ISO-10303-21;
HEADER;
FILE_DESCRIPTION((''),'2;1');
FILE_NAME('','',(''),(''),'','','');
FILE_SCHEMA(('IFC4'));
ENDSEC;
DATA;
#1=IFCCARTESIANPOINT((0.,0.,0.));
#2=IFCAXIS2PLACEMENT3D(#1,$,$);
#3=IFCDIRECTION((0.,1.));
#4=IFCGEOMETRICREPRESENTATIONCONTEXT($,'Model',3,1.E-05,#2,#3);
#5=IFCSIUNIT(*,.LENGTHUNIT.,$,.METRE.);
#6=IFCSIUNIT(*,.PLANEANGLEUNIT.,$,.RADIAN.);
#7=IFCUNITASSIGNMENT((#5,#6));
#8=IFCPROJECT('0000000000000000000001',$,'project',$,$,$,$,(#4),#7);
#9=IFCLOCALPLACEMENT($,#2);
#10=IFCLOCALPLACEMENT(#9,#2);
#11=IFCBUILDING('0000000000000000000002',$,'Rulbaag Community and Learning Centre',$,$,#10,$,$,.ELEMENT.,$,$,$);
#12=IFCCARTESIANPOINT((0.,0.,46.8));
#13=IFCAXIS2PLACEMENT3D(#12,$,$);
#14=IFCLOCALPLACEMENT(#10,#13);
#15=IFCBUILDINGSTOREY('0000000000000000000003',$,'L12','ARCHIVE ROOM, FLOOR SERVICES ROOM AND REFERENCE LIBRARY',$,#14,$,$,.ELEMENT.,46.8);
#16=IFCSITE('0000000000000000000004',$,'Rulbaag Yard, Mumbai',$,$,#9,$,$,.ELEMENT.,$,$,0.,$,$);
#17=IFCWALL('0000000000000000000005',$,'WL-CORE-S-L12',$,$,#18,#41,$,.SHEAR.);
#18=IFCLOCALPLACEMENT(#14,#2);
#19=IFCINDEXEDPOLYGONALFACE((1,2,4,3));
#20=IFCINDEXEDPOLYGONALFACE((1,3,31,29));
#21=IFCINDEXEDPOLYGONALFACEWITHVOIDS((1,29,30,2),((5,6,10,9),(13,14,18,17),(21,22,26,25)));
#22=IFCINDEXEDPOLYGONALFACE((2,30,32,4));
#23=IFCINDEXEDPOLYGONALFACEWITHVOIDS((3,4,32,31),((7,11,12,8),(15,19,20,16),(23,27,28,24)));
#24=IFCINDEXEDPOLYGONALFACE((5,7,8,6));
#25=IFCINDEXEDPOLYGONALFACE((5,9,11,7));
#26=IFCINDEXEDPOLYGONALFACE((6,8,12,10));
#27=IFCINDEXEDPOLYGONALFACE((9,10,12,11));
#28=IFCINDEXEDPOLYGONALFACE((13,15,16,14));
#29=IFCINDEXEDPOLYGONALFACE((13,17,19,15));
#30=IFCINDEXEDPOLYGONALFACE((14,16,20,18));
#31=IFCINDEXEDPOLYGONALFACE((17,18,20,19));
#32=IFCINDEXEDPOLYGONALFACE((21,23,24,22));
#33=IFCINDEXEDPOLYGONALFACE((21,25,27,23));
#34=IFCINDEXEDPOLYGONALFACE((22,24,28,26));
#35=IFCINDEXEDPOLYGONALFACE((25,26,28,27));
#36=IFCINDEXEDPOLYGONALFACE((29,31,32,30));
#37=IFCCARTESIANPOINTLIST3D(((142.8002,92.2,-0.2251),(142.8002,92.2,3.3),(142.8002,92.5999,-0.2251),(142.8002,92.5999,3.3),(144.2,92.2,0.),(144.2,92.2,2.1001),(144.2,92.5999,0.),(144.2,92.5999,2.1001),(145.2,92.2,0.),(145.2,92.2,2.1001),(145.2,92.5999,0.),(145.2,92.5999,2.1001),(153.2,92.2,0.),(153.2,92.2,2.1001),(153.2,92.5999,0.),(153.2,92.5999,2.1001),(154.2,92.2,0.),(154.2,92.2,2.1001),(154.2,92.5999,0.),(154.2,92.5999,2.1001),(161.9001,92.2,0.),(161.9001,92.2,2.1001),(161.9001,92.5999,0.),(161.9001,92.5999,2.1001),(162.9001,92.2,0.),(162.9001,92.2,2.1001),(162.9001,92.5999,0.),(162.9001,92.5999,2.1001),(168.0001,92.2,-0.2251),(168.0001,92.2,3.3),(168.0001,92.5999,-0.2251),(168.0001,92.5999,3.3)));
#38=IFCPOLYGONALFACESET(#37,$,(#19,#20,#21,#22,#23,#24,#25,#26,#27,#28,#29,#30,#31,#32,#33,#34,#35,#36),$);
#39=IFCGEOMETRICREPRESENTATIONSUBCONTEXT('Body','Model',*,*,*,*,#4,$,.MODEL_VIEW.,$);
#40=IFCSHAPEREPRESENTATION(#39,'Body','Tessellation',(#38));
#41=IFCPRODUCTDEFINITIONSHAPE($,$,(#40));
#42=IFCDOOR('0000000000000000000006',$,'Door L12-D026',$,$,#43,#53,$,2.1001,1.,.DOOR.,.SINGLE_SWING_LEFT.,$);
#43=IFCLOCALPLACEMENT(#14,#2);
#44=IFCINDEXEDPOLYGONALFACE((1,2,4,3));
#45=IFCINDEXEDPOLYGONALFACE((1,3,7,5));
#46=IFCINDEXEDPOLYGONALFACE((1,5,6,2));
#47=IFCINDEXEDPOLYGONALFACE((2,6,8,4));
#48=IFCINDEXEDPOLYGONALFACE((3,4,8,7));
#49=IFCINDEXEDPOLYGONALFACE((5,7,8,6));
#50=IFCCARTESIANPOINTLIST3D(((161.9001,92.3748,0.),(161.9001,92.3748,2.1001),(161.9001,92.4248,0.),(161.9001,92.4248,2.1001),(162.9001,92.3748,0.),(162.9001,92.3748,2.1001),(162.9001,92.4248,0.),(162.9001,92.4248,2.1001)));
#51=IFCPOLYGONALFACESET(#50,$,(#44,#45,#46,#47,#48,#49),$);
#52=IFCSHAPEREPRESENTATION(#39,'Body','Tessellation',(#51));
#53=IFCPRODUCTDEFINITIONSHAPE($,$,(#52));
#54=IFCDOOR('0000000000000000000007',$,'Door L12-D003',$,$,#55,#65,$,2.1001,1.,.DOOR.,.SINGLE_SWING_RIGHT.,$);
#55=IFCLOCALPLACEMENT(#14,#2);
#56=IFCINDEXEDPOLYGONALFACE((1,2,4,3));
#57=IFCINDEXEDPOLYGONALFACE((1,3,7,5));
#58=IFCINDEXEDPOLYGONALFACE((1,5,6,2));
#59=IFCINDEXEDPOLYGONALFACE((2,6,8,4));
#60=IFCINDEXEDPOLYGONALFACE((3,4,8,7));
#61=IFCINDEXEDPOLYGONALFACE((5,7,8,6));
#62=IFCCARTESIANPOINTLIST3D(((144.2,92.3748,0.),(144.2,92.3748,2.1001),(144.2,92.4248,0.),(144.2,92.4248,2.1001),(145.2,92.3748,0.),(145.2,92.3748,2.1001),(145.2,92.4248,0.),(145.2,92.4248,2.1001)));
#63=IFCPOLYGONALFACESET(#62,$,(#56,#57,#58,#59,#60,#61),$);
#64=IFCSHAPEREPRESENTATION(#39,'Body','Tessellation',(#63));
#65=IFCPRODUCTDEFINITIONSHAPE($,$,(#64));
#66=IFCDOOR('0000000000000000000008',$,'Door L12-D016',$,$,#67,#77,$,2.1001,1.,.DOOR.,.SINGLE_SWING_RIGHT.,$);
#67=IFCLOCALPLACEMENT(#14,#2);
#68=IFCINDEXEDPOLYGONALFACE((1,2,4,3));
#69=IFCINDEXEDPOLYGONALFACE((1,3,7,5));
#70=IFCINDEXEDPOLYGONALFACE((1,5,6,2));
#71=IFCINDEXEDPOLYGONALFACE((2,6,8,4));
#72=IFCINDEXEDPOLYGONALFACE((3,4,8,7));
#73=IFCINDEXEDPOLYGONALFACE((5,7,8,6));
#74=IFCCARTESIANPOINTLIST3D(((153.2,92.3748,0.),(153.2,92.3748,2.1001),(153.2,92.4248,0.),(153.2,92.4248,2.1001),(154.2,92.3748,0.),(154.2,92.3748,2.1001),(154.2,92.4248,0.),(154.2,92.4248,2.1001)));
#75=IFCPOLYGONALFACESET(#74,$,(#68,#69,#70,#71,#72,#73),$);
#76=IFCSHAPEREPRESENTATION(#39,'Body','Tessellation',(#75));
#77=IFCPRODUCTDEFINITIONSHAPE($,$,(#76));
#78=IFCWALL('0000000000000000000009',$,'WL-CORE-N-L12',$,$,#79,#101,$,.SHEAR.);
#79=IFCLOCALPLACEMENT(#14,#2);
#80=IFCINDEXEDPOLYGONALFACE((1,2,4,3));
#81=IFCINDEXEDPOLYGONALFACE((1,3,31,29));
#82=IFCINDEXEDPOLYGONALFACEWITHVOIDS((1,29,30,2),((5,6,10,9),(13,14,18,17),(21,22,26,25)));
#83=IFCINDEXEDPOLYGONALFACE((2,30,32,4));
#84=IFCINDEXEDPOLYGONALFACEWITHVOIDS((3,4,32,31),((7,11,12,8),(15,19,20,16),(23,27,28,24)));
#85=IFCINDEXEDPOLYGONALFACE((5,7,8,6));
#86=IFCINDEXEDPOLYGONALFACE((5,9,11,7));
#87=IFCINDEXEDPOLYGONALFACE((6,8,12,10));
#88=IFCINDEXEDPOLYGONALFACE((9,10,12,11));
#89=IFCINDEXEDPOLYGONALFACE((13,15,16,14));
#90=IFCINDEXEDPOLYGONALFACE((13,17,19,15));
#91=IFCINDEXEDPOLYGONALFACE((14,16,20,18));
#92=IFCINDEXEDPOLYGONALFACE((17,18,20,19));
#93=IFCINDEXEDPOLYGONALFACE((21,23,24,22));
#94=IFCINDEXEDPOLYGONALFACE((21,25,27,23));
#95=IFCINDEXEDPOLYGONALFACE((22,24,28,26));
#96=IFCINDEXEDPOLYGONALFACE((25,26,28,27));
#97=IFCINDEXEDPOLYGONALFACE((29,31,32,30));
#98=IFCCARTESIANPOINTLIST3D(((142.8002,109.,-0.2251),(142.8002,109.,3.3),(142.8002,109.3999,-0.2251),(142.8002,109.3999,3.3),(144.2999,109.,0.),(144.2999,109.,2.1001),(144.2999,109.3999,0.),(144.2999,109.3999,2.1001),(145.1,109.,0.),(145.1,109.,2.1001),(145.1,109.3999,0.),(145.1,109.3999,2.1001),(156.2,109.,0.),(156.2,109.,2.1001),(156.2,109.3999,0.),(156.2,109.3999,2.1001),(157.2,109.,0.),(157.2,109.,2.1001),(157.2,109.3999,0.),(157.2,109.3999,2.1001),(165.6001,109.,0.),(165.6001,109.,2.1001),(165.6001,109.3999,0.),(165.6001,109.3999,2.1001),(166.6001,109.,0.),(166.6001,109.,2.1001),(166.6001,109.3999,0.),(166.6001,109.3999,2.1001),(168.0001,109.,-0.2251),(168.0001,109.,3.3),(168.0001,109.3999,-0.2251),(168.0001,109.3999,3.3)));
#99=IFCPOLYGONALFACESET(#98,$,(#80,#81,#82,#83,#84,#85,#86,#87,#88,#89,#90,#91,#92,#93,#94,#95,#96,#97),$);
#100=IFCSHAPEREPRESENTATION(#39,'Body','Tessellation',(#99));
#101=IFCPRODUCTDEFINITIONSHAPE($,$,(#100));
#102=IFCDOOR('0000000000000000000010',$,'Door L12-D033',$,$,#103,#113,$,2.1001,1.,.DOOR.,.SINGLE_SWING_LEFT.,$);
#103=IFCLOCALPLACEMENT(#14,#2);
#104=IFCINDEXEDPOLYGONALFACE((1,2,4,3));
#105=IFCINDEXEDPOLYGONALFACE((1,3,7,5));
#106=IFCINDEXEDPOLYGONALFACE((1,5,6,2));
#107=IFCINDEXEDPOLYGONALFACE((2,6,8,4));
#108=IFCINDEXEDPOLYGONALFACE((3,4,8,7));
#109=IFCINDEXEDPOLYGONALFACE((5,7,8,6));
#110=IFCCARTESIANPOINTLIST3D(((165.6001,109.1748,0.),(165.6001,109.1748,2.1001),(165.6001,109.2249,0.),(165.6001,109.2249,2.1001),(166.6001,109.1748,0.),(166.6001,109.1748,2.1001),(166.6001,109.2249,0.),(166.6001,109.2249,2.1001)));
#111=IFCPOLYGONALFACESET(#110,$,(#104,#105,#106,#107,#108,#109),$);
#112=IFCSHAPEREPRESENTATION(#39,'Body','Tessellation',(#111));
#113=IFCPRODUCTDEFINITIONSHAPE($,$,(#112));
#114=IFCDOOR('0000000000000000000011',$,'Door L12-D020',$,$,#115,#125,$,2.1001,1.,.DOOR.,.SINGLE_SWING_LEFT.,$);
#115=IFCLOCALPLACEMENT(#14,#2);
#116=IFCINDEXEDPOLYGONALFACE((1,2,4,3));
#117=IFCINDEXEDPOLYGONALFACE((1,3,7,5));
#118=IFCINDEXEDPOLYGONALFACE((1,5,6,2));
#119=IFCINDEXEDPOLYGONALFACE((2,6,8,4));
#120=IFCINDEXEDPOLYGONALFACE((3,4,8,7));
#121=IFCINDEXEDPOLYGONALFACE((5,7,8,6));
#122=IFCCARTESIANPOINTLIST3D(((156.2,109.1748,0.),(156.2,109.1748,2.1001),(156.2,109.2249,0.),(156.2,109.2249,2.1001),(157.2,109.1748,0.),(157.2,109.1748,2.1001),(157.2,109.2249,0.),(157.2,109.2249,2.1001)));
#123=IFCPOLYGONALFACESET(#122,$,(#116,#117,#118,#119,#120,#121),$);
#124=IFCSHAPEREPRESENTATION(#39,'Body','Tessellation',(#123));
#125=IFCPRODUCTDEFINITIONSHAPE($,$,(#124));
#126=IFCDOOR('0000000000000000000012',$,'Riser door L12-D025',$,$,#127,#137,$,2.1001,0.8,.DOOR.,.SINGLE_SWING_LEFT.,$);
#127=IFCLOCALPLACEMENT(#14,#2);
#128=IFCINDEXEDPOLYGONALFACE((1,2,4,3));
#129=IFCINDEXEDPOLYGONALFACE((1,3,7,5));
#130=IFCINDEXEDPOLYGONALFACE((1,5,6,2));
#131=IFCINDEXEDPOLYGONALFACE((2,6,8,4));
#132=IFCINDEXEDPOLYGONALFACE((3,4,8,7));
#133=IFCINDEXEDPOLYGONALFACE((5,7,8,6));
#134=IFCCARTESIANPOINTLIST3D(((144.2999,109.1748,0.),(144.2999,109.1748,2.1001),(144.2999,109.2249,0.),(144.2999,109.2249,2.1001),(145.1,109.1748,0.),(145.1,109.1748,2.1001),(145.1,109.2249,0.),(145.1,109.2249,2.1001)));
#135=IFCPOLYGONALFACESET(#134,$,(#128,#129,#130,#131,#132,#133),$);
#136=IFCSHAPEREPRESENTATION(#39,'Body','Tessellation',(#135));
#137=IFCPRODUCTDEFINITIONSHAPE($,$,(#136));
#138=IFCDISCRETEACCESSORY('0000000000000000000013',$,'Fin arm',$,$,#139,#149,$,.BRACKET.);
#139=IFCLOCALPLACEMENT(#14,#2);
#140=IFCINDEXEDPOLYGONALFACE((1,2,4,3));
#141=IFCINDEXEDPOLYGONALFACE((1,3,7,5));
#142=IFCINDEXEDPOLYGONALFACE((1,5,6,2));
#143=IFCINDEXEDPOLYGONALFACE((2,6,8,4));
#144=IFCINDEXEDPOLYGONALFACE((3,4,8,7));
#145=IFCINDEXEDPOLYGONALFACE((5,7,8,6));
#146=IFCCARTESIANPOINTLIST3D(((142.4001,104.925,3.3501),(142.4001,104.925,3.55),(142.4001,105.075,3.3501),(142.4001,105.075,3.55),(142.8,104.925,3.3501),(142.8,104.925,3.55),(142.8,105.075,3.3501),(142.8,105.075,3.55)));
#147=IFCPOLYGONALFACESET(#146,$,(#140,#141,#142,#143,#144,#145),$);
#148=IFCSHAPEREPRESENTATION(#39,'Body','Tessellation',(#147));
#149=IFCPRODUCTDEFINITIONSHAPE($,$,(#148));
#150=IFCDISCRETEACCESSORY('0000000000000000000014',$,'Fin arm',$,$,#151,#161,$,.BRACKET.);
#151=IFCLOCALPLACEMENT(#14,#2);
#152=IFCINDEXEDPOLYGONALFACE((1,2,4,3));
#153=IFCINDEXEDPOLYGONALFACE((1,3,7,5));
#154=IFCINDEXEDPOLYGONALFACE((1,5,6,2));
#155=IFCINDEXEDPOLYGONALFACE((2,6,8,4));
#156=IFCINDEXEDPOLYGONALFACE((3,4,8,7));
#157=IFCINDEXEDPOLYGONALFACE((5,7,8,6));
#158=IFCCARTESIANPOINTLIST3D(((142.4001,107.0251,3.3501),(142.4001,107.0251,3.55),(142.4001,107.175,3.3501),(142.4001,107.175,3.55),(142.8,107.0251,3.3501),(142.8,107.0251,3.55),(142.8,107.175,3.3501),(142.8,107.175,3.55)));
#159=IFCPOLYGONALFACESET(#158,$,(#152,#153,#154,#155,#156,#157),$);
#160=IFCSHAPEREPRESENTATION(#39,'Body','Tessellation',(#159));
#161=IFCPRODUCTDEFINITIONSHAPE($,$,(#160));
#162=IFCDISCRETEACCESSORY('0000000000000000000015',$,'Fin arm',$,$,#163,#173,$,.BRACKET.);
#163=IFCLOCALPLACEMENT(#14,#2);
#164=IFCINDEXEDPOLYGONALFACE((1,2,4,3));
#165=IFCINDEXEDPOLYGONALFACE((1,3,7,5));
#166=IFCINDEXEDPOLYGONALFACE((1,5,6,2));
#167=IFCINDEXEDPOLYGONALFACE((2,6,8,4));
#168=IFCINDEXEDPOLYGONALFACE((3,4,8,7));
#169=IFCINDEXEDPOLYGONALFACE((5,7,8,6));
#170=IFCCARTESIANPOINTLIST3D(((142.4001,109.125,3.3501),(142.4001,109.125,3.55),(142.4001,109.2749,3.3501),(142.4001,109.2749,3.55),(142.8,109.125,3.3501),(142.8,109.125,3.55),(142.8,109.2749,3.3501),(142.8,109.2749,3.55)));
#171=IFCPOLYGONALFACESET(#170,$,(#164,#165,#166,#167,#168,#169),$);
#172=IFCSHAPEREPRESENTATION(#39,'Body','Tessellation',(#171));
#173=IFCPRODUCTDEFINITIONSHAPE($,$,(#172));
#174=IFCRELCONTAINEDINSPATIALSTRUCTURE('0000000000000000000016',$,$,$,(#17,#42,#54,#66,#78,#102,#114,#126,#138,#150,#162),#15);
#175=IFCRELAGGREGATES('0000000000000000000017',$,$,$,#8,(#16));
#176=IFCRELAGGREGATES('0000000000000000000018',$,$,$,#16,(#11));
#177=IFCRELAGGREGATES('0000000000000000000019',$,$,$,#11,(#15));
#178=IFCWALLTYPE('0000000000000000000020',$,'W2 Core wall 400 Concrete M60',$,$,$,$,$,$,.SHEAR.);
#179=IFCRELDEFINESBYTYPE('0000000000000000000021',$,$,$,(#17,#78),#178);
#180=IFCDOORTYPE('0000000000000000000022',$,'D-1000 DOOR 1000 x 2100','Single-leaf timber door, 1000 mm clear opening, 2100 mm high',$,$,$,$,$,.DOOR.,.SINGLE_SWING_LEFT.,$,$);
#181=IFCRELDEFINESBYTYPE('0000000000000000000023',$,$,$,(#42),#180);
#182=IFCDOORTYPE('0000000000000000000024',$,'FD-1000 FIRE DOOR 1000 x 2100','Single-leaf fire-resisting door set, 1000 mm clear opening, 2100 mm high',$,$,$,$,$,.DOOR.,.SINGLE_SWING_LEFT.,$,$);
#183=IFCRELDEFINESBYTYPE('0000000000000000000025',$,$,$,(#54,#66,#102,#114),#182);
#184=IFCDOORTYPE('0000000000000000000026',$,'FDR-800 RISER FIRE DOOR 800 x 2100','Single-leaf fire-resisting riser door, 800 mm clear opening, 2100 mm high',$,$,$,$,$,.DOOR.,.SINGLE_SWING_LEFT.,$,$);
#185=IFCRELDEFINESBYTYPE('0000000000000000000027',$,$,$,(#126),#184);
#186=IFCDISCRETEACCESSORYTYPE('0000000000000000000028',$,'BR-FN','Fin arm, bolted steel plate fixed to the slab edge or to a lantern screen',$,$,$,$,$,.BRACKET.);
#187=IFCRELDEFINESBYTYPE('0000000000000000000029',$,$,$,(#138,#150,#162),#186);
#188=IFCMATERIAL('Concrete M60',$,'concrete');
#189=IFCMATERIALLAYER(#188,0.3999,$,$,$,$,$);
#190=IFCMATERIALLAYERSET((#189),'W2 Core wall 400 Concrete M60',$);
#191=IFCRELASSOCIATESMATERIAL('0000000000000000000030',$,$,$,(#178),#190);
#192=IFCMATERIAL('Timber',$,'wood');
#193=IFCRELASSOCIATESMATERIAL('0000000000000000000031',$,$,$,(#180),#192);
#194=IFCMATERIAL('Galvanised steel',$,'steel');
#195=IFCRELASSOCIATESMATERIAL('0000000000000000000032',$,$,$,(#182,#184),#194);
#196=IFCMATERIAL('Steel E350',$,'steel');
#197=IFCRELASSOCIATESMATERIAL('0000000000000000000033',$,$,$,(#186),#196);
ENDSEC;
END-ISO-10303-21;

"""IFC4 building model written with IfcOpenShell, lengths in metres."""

from ifc_helpers import new_model, si_unit, direction, frame, frame_2d, origin, origin_2d, place, context, subcontext, project, spatial, rectangle, extrude, material, layer, layer_set, type_object, element, fill, save


model = new_model("IFC4")

# Units and contexts
model_context = context("Model", 3, precision=1e-05, world=origin(), true_north=direction((0.0, 1.0)))
body_context = subcontext(model_context, "Body", "Model", "MODEL_VIEW")
ifc_project = project(units=[si_unit("LENGTHUNIT", "METRE"), si_unit("PLANEANGLEUNIT", "RADIAN")], contexts=[model_context])

# Site, building, storey
site_placement = place(None, origin())
site = spatial("IfcSite", under=ifc_project, at=site_placement, Name="Rulbaag Yard, Mumbai", CompositionType="ELEMENT", RefElevation=0.0)
building_placement = place(site_placement, origin())
building = spatial("IfcBuilding", under=site, at=building_placement, Name="Rulbaag Community and Learning Centre", CompositionType="ELEMENT")
storey_placement = place(building_placement, frame((0.0, 0.0, 46.8)))
storey = spatial("IfcBuildingStorey", under=building, at=storey_placement, Name="L12", Description="ARCHIVE ROOM, FLOOR SERVICES ROOM AND REFERENCE LIBRARY", CompositionType="ELEMENT", Elevation=46.8)

# Shared definitions
ifc_material_1 = material(Name="Concrete M60", Category="concrete")

# Walls, openings, doors
ifc_layer_1 = layer(ifc_material_1, 0.3999)
ifc_layer_set_1 = layer_set([ifc_layer_1], Name="W2 Core wall 400 Concrete M60")
wall_type_1 = type_object("IfcWallType", Name="W2 Core wall 400 Concrete M60", PredefinedType="SHEAR", material=ifc_layer_set_1)
wall_1_placement = place(storey_placement, frame((142.8, 92.3999, -0.2251), z_axis=(0.0, 0.0, 1.0), x_axis=(1.0, 0.0, 0.0)))
wall_1 = element("IfcWall", 1, at=wall_1_placement, inside=storey, type_object=wall_type_1, Name="WL-CORE-S-L12", PredefinedType="SHEAR", context=body_context, shape_type="SweptSolid", body=[
    extrude(rectangle(XDim=25.2, YDim=0.3999, at=frame_2d((12.6001, 0.0))), origin(), (0.0, 0.0, 1.0), 3.5251),
])
opening_1_placement = place(wall_1_placement, frame((1.3999, 0.0, 0.2251)))
opening_1 = element("IfcOpeningElement", 2, at=opening_1_placement, cuts=wall_1, PredefinedType="OPENING", context=body_context, shape_type="SweptSolid", body=[
    extrude(rectangle(XDim=1.0, YDim=2.1001, at=frame_2d((0.5, 1.05))), frame((0.0, 0.21, 0.0), z_axis=(0.0, -1.0, 0.0), x_axis=(1.0, 0.0, 0.0)), (0.0, 0.0, 1.0), 0.4199),
])
opening_2_placement = place(wall_1_placement, frame((19.1001, 0.0, 0.2251)))
opening_2 = element("IfcOpeningElement", 3, at=opening_2_placement, cuts=wall_1, PredefinedType="OPENING", context=body_context, shape_type="SweptSolid", body=[
    extrude(rectangle(XDim=1.0, YDim=2.1001, at=frame_2d((0.5, 1.05))), frame((0.0, 0.21, 0.0), z_axis=(0.0, -1.0, 0.0), x_axis=(1.0, 0.0, 0.0)), (0.0, 0.0, 1.0), 0.4199),
])
opening_3_placement = place(wall_1_placement, frame((10.3999, 0.0, 0.2251)))
opening_3 = element("IfcOpeningElement", 4, at=opening_3_placement, cuts=wall_1, PredefinedType="OPENING", context=body_context, shape_type="SweptSolid", body=[
    extrude(rectangle(XDim=1.0, YDim=2.1001, at=frame_2d((0.5, 1.05))), frame((0.0, 0.21, 0.0), z_axis=(0.0, -1.0, 0.0), x_axis=(1.0, 0.0, 0.0)), (0.0, 0.0, 1.0), 0.4199),
])
ifc_material_2 = material(Name="Timber", Category="wood")
door_type_1 = type_object("IfcDoorType", Name="D-1000 DOOR 1000 x 2100", Description="Single-leaf timber door, 1000 mm clear opening, 2100 mm high", OperationType="SINGLE_SWING_LEFT", PredefinedType="DOOR", material=ifc_material_2)
door_1_placement = place(opening_2_placement, origin())
door_1 = element("IfcDoor", 5, at=door_1_placement, inside=storey, type_object=door_type_1, Name="Door L12-D026", OperationType="SINGLE_SWING_LEFT", OverallHeight=2.1001, OverallWidth=1.0, PredefinedType="DOOR", context=body_context, shape_type="SweptSolid", body=[
    extrude(rectangle(XDim=1.0, YDim=2.1001, at=frame_2d((0.5, 1.05))), frame((0.0, 0.0249, 0.0), z_axis=(0.0, -1.0, 0.0), x_axis=(1.0, 0.0, 0.0)), (0.0, 0.0, 1.0), 0.05),
])
fill(opening_2, door_1)
ifc_material_3 = material(Name="Galvanised steel", Category="steel")
door_type_2 = type_object("IfcDoorType", Name="FD-1000 FIRE DOOR 1000 x 2100", Description="Single-leaf fire-resisting door set, 1000 mm clear opening, 2100 mm high", OperationType="SINGLE_SWING_LEFT", PredefinedType="DOOR", material=ifc_material_3)
door_2_placement = place(opening_1_placement, origin())
door_2 = element("IfcDoor", 6, at=door_2_placement, inside=storey, type_object=door_type_2, Name="Door L12-D003", OperationType="SINGLE_SWING_RIGHT", OverallHeight=2.1001, OverallWidth=1.0, PredefinedType="DOOR", context=body_context, shape_type="SweptSolid", body=[
    extrude(rectangle(XDim=1.0, YDim=2.1001, at=frame_2d((0.5, 1.05))), frame((0.0, 0.0249, 0.0), z_axis=(0.0, -1.0, 0.0), x_axis=(1.0, 0.0, 0.0)), (0.0, 0.0, 1.0), 0.05),
])
fill(opening_1, door_2)
door_3_placement = place(opening_3_placement, origin())
door_3 = element("IfcDoor", 7, at=door_3_placement, inside=storey, type_object=door_type_2, Name="Door L12-D016", OperationType="SINGLE_SWING_RIGHT", OverallHeight=2.1001, OverallWidth=1.0, PredefinedType="DOOR", context=body_context, shape_type="SweptSolid", body=[
    extrude(rectangle(XDim=1.0, YDim=2.1001, at=frame_2d((0.5, 1.05))), frame((0.0, 0.0249, 0.0), z_axis=(0.0, -1.0, 0.0), x_axis=(1.0, 0.0, 0.0)), (0.0, 0.0, 1.0), 0.05),
])
fill(opening_3, door_3)
wall_2_placement = place(storey_placement, frame((142.8, 109.2, -0.2251), z_axis=(0.0, 0.0, 1.0), x_axis=(1.0, 0.0, 0.0)))
wall_2 = element("IfcWall", 8, at=wall_2_placement, inside=storey, type_object=wall_type_1, Name="WL-CORE-N-L12", PredefinedType="SHEAR", context=body_context, shape_type="SweptSolid", body=[
    extrude(rectangle(XDim=25.2, YDim=0.3999, at=frame_2d((12.6001, 0.0))), origin(), (0.0, 0.0, 1.0), 3.5251),
])
opening_4_placement = place(wall_2_placement, frame((22.8, 0.0, 0.2251)))
opening_4 = element("IfcOpeningElement", 9, at=opening_4_placement, cuts=wall_2, PredefinedType="OPENING", context=body_context, shape_type="SweptSolid", body=[
    extrude(rectangle(XDim=1.0, YDim=2.1001, at=frame_2d((0.5, 1.05))), frame((0.0, 0.21, 0.0), z_axis=(0.0, -1.0, 0.0), x_axis=(1.0, 0.0, 0.0)), (0.0, 0.0, 1.0), 0.4199),
])
opening_5_placement = place(wall_2_placement, frame((1.5, 0.0, 0.2251)))
opening_5 = element("IfcOpeningElement", 10, at=opening_5_placement, cuts=wall_2, PredefinedType="OPENING", context=body_context, shape_type="SweptSolid", body=[
    extrude(rectangle(XDim=0.8, YDim=2.1001, at=frame_2d((0.3999, 1.05))), frame((0.0, 0.21, 0.0), z_axis=(0.0, -1.0, 0.0), x_axis=(1.0, 0.0, 0.0)), (0.0, 0.0, 1.0), 0.4199),
])
opening_6_placement = place(wall_2_placement, frame((13.3999, 0.0, 0.2251)))
opening_6 = element("IfcOpeningElement", 11, at=opening_6_placement, cuts=wall_2, PredefinedType="OPENING", context=body_context, shape_type="SweptSolid", body=[
    extrude(rectangle(XDim=1.0, YDim=2.1001, at=frame_2d((0.5, 1.05))), frame((0.0, 0.21, 0.0), z_axis=(0.0, -1.0, 0.0), x_axis=(1.0, 0.0, 0.0)), (0.0, 0.0, 1.0), 0.4199),
])
door_4_placement = place(opening_4_placement, origin())
door_4 = element("IfcDoor", 12, at=door_4_placement, inside=storey, type_object=door_type_2, Name="Door L12-D033", OperationType="SINGLE_SWING_LEFT", OverallHeight=2.1001, OverallWidth=1.0, PredefinedType="DOOR", context=body_context, shape_type="SweptSolid", body=[
    extrude(rectangle(XDim=1.0, YDim=2.1001, at=frame_2d((0.5, 1.05))), frame((0.0, 0.0249, 0.0), z_axis=(0.0, -1.0, 0.0), x_axis=(1.0, 0.0, 0.0)), (0.0, 0.0, 1.0), 0.05),
])
fill(opening_4, door_4)
door_5_placement = place(opening_6_placement, origin())
door_5 = element("IfcDoor", 13, at=door_5_placement, inside=storey, type_object=door_type_2, Name="Door L12-D020", OperationType="SINGLE_SWING_LEFT", OverallHeight=2.1001, OverallWidth=1.0, PredefinedType="DOOR", context=body_context, shape_type="SweptSolid", body=[
    extrude(rectangle(XDim=1.0, YDim=2.1001, at=frame_2d((0.5, 1.05))), frame((0.0, 0.0249, 0.0), z_axis=(0.0, -1.0, 0.0), x_axis=(1.0, 0.0, 0.0)), (0.0, 0.0, 1.0), 0.05),
])
fill(opening_6, door_5)
door_type_3 = type_object("IfcDoorType", Name="FDR-800 RISER FIRE DOOR 800 x 2100", Description="Single-leaf fire-resisting riser door, 800 mm clear opening, 2100 mm high", OperationType="SINGLE_SWING_LEFT", PredefinedType="DOOR", material=ifc_material_3)
door_6_placement = place(opening_5_placement, origin())
door_6 = element("IfcDoor", 14, at=door_6_placement, inside=storey, type_object=door_type_3, Name="Riser door L12-D025", OperationType="SINGLE_SWING_LEFT", OverallHeight=2.1001, OverallWidth=0.8, PredefinedType="DOOR", context=body_context, shape_type="SweptSolid", body=[
    extrude(rectangle(XDim=0.8, YDim=2.1001, at=frame_2d((0.3999, 1.05))), frame((0.0, 0.0249, 0.0), z_axis=(0.0, -1.0, 0.0), x_axis=(1.0, 0.0, 0.0)), (0.0, 0.0, 1.0), 0.05),
])
fill(opening_5, door_6)

# Discrete accessories
ifc_material_4 = material(Name="Steel E350", Category="steel")
discrete_accessory_type = type_object("IfcDiscreteAccessoryType", Name="BR-FN", Description="Fin arm, bolted steel plate fixed to the slab edge or to a lantern screen", PredefinedType="BRACKET", material=ifc_material_4)
for number, where, z_axis, x_axis, name in (
    (15, (142.6001, 105.0, 3.3501), (0.0, 0.0, 1.0), (1.0, 0.0, 0.0), "Fin arm"),
    (16, (142.6001, 107.1001, 3.3501), (0.0, 0.0, 1.0), (1.0, 0.0, 0.0), "Fin arm"),
    (17, (142.6001, 109.2, 3.3501), (0.0, 0.0, 1.0), (1.0, 0.0, 0.0), "Fin arm"),
):
    element("IfcDiscreteAccessory", number, at=place(storey_placement, frame(where, z_axis=z_axis, x_axis=x_axis)), inside=storey, type_object=discrete_accessory_type, Name=name, PredefinedType="BRACKET", context=body_context, shape_type="SweptSolid", body=[
        extrude(rectangle(XDim=0.3999, YDim=0.1499, at=origin_2d()), origin(), (0.0, 0.0, 1.0), 0.2),
    ])

save(model, "model.ifc")
